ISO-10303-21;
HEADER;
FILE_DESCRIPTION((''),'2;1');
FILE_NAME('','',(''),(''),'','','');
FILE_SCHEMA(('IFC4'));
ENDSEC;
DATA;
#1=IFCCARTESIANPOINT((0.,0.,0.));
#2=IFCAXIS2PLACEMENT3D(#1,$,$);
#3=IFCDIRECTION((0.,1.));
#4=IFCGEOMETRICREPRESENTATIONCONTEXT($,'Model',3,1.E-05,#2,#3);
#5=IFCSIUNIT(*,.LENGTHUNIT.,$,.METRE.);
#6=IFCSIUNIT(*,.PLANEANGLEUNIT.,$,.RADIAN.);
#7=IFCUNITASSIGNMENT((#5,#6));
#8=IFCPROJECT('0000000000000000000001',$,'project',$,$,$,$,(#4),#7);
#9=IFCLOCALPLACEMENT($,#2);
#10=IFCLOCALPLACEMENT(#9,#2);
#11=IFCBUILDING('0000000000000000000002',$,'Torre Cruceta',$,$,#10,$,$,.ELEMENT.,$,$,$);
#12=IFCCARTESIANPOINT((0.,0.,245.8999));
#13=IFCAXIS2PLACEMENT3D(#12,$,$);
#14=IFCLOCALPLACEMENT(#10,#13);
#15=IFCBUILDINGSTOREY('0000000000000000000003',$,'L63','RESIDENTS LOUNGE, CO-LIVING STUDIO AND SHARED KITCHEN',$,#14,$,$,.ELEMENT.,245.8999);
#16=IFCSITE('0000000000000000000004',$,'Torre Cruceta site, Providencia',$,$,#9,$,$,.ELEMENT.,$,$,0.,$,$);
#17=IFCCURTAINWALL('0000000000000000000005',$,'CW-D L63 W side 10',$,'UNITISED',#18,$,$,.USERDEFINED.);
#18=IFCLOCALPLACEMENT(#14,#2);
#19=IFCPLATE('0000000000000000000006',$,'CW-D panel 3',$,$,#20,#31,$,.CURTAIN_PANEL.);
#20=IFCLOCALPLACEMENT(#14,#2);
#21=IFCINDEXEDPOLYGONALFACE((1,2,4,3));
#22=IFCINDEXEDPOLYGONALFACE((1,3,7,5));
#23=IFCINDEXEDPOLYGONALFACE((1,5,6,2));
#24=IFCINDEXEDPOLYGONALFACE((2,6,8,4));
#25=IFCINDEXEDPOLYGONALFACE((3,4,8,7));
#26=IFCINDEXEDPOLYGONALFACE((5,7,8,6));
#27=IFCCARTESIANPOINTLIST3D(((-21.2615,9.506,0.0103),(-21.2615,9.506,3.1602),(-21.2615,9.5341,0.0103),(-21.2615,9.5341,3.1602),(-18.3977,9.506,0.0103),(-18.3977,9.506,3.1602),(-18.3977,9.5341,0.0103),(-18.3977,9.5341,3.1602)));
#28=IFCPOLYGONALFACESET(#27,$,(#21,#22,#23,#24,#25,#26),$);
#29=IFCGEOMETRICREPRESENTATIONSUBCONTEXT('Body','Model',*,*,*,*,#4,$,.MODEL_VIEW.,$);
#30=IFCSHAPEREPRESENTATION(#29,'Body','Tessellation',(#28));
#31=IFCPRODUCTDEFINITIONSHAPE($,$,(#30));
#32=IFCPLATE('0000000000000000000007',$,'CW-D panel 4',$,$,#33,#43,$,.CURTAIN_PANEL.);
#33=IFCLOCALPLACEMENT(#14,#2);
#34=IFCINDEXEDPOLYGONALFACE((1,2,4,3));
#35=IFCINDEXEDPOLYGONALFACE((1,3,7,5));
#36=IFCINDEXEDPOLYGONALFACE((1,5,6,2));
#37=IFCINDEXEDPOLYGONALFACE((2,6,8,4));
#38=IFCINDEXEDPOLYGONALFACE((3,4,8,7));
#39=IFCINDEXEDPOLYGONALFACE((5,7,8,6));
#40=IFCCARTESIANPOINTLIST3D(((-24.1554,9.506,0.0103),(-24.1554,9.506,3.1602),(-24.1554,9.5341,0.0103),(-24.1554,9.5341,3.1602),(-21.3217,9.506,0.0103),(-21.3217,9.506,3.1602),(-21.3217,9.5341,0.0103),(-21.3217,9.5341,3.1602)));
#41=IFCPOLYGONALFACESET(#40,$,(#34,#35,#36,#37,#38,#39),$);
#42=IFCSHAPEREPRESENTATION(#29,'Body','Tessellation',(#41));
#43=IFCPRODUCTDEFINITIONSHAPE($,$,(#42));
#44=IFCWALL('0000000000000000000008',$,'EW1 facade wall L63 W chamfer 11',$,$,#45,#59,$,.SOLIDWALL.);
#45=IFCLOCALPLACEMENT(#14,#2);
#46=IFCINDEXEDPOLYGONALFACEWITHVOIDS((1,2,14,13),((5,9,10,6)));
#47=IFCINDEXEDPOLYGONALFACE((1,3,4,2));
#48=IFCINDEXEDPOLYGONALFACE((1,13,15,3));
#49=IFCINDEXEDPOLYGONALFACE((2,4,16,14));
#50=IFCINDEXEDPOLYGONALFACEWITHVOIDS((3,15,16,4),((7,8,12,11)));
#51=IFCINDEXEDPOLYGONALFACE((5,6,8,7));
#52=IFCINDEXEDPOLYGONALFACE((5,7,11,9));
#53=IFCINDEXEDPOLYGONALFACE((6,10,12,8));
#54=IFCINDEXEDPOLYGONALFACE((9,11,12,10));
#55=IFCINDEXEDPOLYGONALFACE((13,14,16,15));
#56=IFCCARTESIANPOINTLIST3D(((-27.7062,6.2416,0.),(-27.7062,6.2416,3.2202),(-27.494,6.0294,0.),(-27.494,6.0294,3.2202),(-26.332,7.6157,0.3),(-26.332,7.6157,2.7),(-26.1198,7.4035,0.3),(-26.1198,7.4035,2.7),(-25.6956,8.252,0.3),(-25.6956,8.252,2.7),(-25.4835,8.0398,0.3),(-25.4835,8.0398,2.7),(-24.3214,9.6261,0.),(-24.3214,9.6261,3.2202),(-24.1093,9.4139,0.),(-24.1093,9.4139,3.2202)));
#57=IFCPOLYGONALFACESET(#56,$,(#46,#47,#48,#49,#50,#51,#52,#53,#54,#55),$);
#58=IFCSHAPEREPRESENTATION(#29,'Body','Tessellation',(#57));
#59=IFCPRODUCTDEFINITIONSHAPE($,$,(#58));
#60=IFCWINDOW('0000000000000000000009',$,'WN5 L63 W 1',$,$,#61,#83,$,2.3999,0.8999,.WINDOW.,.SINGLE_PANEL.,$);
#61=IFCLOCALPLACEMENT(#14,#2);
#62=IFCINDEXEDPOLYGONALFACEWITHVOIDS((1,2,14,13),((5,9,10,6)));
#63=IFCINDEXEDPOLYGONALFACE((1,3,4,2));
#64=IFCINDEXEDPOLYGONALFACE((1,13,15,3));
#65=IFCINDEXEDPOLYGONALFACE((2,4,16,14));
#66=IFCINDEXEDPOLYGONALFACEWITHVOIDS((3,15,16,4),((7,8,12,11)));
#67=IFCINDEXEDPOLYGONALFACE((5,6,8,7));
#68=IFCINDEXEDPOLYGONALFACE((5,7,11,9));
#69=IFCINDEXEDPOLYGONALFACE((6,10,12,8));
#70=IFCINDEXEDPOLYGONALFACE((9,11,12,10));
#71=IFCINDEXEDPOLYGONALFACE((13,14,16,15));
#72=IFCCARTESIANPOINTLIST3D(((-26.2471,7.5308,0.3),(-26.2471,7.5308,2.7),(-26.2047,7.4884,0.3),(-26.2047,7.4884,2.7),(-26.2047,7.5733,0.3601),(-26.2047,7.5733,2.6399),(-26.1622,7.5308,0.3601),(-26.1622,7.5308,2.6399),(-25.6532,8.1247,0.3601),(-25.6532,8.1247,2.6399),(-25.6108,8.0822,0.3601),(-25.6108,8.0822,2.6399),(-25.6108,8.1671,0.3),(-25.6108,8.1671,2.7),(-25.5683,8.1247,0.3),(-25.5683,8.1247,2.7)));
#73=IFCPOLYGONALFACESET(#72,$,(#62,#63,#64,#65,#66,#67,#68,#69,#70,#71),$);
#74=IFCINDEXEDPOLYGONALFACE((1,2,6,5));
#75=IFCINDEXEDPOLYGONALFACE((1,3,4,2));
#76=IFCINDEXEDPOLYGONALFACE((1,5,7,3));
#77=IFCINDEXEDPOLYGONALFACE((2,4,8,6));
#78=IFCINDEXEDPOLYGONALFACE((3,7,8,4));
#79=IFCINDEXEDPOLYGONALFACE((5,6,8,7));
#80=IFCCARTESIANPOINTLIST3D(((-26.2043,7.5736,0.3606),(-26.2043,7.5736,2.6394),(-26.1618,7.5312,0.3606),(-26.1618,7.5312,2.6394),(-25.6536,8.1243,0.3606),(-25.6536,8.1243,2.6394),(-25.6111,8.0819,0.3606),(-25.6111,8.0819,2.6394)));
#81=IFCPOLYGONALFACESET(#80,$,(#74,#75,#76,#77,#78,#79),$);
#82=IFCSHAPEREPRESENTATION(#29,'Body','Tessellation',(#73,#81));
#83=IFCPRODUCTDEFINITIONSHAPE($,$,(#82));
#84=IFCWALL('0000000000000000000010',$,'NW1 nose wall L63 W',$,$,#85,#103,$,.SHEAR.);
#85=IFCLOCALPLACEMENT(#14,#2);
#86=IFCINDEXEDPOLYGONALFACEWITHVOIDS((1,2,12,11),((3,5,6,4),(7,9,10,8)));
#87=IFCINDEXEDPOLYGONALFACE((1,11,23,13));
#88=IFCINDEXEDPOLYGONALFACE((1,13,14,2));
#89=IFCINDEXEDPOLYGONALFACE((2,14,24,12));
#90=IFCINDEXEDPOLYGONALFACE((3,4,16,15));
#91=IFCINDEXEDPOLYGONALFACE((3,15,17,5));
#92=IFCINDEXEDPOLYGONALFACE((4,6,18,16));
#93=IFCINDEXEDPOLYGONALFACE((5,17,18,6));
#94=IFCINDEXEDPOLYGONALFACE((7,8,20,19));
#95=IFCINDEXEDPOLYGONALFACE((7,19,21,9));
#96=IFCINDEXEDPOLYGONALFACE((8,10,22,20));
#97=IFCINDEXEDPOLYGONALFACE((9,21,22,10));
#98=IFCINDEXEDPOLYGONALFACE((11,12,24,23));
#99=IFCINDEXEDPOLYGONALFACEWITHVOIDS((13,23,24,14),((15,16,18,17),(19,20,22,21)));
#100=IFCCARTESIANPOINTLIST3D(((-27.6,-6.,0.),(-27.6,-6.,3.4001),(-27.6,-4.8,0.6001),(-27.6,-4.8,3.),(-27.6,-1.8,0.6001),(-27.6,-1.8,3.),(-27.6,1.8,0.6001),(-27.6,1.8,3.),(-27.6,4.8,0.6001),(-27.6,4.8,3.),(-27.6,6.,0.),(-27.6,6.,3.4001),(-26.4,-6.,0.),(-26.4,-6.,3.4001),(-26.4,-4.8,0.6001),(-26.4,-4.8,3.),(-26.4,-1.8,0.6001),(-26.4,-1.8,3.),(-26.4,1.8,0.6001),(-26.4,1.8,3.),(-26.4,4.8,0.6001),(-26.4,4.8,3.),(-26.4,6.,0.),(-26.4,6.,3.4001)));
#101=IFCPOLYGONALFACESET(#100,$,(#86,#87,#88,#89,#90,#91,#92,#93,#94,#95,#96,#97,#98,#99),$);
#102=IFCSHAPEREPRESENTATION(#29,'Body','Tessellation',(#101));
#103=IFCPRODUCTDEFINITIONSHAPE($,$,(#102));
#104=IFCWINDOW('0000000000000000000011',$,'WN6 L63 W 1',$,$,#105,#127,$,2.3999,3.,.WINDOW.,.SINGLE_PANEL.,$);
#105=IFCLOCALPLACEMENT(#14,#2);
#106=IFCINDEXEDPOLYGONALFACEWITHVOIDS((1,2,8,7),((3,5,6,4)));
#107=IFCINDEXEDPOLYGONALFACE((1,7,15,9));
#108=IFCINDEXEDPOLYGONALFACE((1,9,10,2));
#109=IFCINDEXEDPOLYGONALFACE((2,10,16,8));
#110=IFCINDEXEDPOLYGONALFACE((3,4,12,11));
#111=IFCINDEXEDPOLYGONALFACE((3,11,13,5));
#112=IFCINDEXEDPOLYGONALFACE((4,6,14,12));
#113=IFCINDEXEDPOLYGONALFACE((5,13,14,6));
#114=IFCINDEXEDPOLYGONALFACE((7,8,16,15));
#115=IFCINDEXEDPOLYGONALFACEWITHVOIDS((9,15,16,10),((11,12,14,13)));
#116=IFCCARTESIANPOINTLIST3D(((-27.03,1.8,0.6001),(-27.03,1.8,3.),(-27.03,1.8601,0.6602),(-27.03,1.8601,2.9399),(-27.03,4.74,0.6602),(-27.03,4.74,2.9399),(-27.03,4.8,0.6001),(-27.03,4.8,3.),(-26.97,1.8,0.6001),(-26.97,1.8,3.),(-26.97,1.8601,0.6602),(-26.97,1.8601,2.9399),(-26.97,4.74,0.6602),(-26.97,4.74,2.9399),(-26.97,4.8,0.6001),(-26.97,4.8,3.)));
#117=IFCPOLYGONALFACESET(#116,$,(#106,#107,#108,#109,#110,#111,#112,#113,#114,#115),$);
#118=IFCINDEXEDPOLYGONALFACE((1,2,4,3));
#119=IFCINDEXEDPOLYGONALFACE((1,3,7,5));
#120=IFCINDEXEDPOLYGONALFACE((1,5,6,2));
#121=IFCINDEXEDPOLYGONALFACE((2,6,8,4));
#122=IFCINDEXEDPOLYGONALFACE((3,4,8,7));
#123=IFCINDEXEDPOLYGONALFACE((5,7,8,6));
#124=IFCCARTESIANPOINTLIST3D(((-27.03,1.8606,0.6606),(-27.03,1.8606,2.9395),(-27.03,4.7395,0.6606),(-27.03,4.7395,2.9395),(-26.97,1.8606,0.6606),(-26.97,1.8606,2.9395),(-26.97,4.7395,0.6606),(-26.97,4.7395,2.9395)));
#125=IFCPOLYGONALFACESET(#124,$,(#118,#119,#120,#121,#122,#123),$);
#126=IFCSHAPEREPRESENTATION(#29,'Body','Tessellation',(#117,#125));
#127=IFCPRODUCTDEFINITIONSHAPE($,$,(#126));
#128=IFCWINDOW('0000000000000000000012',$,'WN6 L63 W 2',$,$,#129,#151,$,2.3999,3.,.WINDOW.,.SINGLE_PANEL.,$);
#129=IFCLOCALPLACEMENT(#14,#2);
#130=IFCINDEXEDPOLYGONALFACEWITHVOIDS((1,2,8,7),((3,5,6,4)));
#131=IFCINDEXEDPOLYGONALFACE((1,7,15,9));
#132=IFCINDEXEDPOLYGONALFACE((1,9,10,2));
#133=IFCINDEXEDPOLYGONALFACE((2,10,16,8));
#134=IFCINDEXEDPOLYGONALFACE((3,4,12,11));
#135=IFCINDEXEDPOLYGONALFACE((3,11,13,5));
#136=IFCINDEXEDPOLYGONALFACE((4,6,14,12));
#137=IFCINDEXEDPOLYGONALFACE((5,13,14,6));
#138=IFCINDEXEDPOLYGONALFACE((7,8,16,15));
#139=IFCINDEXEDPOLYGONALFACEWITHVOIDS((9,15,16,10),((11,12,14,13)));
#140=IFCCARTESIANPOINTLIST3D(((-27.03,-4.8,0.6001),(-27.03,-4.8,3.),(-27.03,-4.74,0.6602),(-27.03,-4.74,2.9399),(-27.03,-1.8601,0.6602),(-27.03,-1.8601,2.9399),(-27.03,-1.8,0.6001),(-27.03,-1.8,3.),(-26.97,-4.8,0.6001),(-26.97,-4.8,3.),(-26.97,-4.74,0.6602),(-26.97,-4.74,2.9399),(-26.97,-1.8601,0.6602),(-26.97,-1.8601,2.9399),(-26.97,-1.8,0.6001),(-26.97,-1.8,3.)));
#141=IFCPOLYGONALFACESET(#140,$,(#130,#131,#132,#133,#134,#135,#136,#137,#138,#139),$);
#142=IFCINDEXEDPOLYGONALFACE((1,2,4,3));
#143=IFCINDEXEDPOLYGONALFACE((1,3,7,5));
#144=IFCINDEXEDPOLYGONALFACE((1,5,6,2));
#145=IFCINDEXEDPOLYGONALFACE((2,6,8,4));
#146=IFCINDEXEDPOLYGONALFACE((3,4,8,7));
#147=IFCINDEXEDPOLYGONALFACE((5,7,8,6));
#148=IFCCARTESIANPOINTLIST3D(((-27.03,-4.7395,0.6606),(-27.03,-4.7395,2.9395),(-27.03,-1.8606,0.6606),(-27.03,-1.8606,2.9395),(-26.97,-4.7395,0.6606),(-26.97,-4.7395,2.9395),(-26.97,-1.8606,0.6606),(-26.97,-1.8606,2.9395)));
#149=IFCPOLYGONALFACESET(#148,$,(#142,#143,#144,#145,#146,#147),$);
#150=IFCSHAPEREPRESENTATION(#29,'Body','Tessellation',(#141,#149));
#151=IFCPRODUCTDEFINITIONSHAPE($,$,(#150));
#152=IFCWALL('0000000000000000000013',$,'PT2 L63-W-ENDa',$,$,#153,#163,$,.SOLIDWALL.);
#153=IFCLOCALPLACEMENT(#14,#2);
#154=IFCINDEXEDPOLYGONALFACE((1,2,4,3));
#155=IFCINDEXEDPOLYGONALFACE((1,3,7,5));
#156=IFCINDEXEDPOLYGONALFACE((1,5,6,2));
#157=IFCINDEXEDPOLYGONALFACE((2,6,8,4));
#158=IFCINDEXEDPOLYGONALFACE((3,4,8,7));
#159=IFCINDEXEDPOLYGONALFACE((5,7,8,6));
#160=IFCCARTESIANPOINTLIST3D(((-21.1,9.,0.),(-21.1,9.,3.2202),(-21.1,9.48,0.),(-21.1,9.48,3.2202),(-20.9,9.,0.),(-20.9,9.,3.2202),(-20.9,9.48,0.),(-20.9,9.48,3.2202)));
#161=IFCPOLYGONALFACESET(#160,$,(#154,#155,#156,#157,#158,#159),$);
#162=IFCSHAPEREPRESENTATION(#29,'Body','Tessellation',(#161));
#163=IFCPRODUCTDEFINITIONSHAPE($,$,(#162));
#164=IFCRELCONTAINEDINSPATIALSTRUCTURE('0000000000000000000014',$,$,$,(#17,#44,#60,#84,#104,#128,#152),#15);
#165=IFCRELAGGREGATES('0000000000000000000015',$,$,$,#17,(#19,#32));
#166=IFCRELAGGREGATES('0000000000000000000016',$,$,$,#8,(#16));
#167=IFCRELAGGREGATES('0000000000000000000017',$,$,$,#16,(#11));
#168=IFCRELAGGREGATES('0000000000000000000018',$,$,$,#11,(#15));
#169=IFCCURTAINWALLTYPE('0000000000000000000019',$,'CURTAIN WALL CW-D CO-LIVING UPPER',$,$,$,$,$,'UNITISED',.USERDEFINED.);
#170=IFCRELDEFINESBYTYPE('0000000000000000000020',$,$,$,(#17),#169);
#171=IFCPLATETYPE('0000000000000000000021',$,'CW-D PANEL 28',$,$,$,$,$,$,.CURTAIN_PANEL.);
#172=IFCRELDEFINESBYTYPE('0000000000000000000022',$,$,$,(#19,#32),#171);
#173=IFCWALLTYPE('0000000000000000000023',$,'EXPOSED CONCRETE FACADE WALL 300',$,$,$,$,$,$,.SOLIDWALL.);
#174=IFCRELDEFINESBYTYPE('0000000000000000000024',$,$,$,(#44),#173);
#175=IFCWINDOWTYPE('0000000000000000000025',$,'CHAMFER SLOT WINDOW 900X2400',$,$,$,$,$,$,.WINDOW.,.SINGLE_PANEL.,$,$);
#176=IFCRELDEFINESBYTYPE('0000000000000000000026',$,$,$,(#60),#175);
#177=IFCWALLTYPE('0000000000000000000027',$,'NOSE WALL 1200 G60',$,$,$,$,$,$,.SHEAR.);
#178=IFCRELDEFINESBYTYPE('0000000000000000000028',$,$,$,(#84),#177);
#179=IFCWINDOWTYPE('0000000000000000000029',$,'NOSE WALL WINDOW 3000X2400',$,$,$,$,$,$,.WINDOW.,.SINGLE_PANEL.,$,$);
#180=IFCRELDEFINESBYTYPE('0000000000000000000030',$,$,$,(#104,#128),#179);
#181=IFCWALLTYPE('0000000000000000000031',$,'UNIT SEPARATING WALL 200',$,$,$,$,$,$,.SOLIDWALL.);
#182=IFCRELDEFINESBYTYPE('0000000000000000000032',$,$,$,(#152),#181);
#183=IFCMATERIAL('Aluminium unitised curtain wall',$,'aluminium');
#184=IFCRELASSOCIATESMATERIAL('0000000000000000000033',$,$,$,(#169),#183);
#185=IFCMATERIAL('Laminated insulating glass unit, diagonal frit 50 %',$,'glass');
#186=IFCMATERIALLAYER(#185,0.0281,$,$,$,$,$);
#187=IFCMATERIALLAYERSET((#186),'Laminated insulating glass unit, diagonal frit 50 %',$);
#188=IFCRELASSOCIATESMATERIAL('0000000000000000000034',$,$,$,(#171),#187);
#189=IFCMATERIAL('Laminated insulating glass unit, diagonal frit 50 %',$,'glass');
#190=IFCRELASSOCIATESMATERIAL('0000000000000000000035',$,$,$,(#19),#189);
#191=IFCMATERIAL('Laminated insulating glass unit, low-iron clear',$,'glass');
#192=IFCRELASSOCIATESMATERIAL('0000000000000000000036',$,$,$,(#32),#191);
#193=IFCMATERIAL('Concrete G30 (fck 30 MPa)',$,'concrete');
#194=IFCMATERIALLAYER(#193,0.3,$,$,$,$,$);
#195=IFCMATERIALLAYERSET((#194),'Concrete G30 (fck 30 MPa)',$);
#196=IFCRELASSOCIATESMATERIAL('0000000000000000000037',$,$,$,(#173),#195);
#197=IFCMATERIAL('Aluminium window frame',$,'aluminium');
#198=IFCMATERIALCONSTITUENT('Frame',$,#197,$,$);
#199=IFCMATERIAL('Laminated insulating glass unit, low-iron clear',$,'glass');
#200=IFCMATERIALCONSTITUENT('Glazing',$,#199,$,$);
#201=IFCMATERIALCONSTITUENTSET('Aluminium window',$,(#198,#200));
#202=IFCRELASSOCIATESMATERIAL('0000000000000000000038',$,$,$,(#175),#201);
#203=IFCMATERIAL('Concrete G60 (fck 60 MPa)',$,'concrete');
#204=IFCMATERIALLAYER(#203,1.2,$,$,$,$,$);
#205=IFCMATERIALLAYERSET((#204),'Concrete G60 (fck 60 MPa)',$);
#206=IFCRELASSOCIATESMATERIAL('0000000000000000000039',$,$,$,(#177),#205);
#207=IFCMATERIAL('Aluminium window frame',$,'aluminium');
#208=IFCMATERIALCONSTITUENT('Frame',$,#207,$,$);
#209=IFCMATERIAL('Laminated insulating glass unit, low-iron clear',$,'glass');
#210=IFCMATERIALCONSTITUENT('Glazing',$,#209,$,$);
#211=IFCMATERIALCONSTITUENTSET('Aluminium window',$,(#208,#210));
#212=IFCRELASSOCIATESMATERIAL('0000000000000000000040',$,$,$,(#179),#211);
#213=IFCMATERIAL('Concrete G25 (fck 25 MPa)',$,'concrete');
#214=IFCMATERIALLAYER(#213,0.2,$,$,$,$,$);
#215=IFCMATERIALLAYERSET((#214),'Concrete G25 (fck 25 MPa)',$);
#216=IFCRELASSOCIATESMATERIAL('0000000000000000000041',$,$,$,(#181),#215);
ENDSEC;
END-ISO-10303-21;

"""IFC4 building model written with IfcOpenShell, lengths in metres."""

from ifc_helpers import new_model, si_unit, direction, frame, frame_2d, origin, origin_2d, place, context, subcontext, project, spatial, rectangle, hollow_rectangle, extrude, material, layer, layer_set, constituent, constituent_set, type_object, element, fill, aggregate, save


model = new_model("IFC4")

# Units and contexts
model_context = context("Model", 3, precision=1e-05, world=origin(), true_north=direction((0.0, 1.0)))
body_context = subcontext(model_context, "Body", "Model", "MODEL_VIEW")
ifc_project = project(units=[si_unit("LENGTHUNIT", "METRE"), si_unit("PLANEANGLEUNIT", "RADIAN")], contexts=[model_context])

# Site, building, storey
site_placement = place(None, origin())
site = spatial("IfcSite", under=ifc_project, at=site_placement, Name="Torre Cruceta site, Providencia", CompositionType="ELEMENT", RefElevation=0.0)
building_placement = place(site_placement, origin())
building = spatial("IfcBuilding", under=site, at=building_placement, Name="Torre Cruceta", CompositionType="ELEMENT")
storey_placement = place(building_placement, frame((0.0, 0.0, 245.8999)))
storey = spatial("IfcBuildingStorey", under=building, at=storey_placement, Name="L63", Description="RESIDENTS LOUNGE, CO-LIVING STUDIO AND SHARED KITCHEN", CompositionType="ELEMENT", Elevation=245.8999)

# Curtain wall
ifc_material_1 = material(Name="Aluminium unitised curtain wall", Category="aluminium")
curtain_wall_type = type_object("IfcCurtainWallType", Name="CURTAIN WALL CW-D CO-LIVING UPPER", ElementType="UNITISED", PredefinedType="USERDEFINED", material=ifc_material_1)
curtain_wall_placement = place(storey_placement, origin())
curtain_wall = element("IfcCurtainWall", 1, at=curtain_wall_placement, inside=storey, type_object=curtain_wall_type, Name="CW-D L63 W side 10", ObjectType="UNITISED", PredefinedType="USERDEFINED")

# Plates
ifc_material_2 = material(Name="Laminated insulating glass unit, diagonal frit 50 %", Category="glass")
ifc_material_3 = material(Name="Laminated insulating glass unit, diagonal frit 50 %", Category="glass")
ifc_layer_1 = layer(ifc_material_3, 0.0281)
ifc_layer_set_1 = layer_set([ifc_layer_1], Name="Laminated insulating glass unit, diagonal frit 50 %")
plate_type = type_object("IfcPlateType", Name="CW-D PANEL 28", PredefinedType="CURTAIN_PANEL", material=ifc_layer_set_1)
plate_1_placement = place(storey_placement, frame((-19.8296, 9.52, 0.0103), z_axis=(0.0, 0.0, 1.0), x_axis=(-1.0, 0.0, 0.0)))
plate_1 = element("IfcPlate", 2, at=plate_1_placement, type_object=plate_type, material=ifc_material_2, Name="CW-D panel 3", PredefinedType="CURTAIN_PANEL", context=body_context, shape_type="SweptSolid", body=[
    extrude(rectangle(XDim=2.8638, YDim=0.0281, at=origin_2d()), origin(), (0.0, 0.0, 1.0), 3.1499),
])
ifc_material_4 = material(Name="Laminated insulating glass unit, low-iron clear", Category="glass")
plate_2_placement = place(storey_placement, frame((-22.7385, 9.52, 0.0103), z_axis=(0.0, 0.0, 1.0), x_axis=(-1.0, 0.0, 0.0)))
plate_2 = element("IfcPlate", 3, at=plate_2_placement, type_object=plate_type, material=ifc_material_4, Name="CW-D panel 4", PredefinedType="CURTAIN_PANEL", context=body_context, shape_type="SweptSolid", body=[
    extrude(rectangle(XDim=2.8337, YDim=0.0281, at=origin_2d()), origin(), (0.0, 0.0, 1.0), 3.1499),
])
aggregate(curtain_wall, [plate_1, plate_2])

# Wall, opening, window
ifc_material_5 = material(Name="Concrete G30 (fck 30 MPa)", Category="concrete")
ifc_layer_2 = layer(ifc_material_5, 0.3)
ifc_layer_set_2 = layer_set([ifc_layer_2], Name="Concrete G30 (fck 30 MPa)")
wall_type_1 = type_object("IfcWallType", Name="EXPOSED CONCRETE FACADE WALL 300", PredefinedType="SOLIDWALL", material=ifc_layer_set_2)
wall_1_placement = place(storey_placement, frame((-24.2153, 9.52, 0.0), z_axis=(0.0, 0.0, 1.0), x_axis=(-0.707132, -0.707081, 0.0)))
wall_1 = element("IfcWall", 4, at=wall_1_placement, inside=storey, type_object=wall_type_1, Name="EW1 facade wall L63 W chamfer 11", PredefinedType="SOLIDWALL", context=body_context, shape_type="SweptSolid", body=[
    extrude(rectangle(XDim=4.7866, YDim=0.3, at=frame_2d((2.3933, 0.0))), origin(), (0.0, 0.0, 1.0), 3.2202),
])
opening_1_placement = place(wall_1_placement, frame((1.9434, 0.0, 0.3)))
opening_1 = element("IfcOpeningElement", 5, at=opening_1_placement, cuts=wall_1, PredefinedType="OPENING", context=body_context, shape_type="SweptSolid", body=[
    extrude(rectangle(XDim=0.8999, YDim=2.3999, at=frame_2d((0.45, 1.2))), frame((0.0, 0.1599, 0.0), z_axis=(0.0, -1.0, 0.0), x_axis=(1.0, 0.0, 0.0)), (0.0, 0.0, 1.0), 0.3201),
])
ifc_material_6 = material(Name="Aluminium window frame", Category="aluminium")
ifc_constituent_1 = constituent(ifc_material_6, Name="Frame")
ifc_material_7 = material(Name="Laminated insulating glass unit, low-iron clear", Category="glass")
ifc_constituent_2 = constituent(ifc_material_7, Name="Glazing")
ifc_constituent_set_1 = constituent_set(constituents=[ifc_constituent_1, ifc_constituent_2], Name="Aluminium window")
window_type_1 = type_object("IfcWindowType", Name="CHAMFER SLOT WINDOW 900X2400", PartitioningType="SINGLE_PANEL", PredefinedType="WINDOW", material=ifc_constituent_set_1)
window_1_placement = place(opening_1_placement, origin())
window_1 = element("IfcWindow", 6, at=window_1_placement, inside=storey, type_object=window_type_1, Name="WN5 L63 W 1", OverallHeight=2.3999, OverallWidth=0.8999, PartitioningType="SINGLE_PANEL", PredefinedType="WINDOW", context=body_context, shape_type="SweptSolid", body=[
    extrude(hollow_rectangle(XDim=0.8999, YDim=2.3999, WallThickness=0.0601, at=frame_2d((0.45, 1.2))), frame((0.0, 0.03, 0.0), z_axis=(0.0, -1.0, 0.0), x_axis=(1.0, 0.0, 0.0)), (0.0, 0.0, 1.0), 0.0601),
    extrude(rectangle(XDim=0.7788, YDim=2.2788, at=frame_2d((0.45, 1.2))), frame((0.0, 0.03, 0.0), z_axis=(0.0, -1.0, 0.0), x_axis=(1.0, 0.0, 0.0)), (0.0, 0.0, 1.0), 0.0601),
])
fill(opening_1, window_1)

# Wall, openings, windows
ifc_material_8 = material(Name="Concrete G60 (fck 60 MPa)", Category="concrete")
ifc_layer_3 = layer(ifc_material_8, 1.2)
ifc_layer_set_3 = layer_set([ifc_layer_3], Name="Concrete G60 (fck 60 MPa)")
wall_type_2 = type_object("IfcWallType", Name="NOSE WALL 1200 G60", PredefinedType="SHEAR", material=ifc_layer_set_3)
wall_2_placement = place(storey_placement, frame((-27.0, 6.0, 0.0), z_axis=(0.0, 0.0, 1.0), x_axis=(0.0, -1.0, 0.0)))
wall_2 = element("IfcWall", 7, at=wall_2_placement, inside=storey, type_object=wall_type_2, Name="NW1 nose wall L63 W", PredefinedType="SHEAR", context=body_context, shape_type="SweptSolid", body=[
    extrude(rectangle(XDim=12.0, YDim=1.2, at=frame_2d((6.0, 0.0))), origin(), (0.0, 0.0, 1.0), 3.4001),
])
opening_2_placement = place(wall_2_placement, frame((1.2, 0.0, 0.6001)))
opening_2 = element("IfcOpeningElement", 8, at=opening_2_placement, cuts=wall_2, PredefinedType="OPENING", context=body_context, shape_type="SweptSolid", body=[
    extrude(rectangle(XDim=3.0, YDim=2.3999, at=frame_2d((1.5, 1.2))), frame((0.0, 0.6099, 0.0), z_axis=(0.0, -1.0, 0.0), x_axis=(1.0, 0.0, 0.0)), (0.0, 0.0, 1.0), 1.22),
])
opening_3_placement = place(wall_2_placement, frame((7.8, 0.0, 0.6001)))
opening_3 = element("IfcOpeningElement", 9, at=opening_3_placement, cuts=wall_2, PredefinedType="OPENING", context=body_context, shape_type="SweptSolid", body=[
    extrude(rectangle(XDim=3.0, YDim=2.3999, at=frame_2d((1.5, 1.2))), frame((0.0, 0.6099, 0.0), z_axis=(0.0, -1.0, 0.0), x_axis=(1.0, 0.0, 0.0)), (0.0, 0.0, 1.0), 1.22),
])
ifc_material_9 = material(Name="Aluminium window frame", Category="aluminium")
ifc_constituent_3 = constituent(ifc_material_9, Name="Frame")
ifc_material_10 = material(Name="Laminated insulating glass unit, low-iron clear", Category="glass")
ifc_constituent_4 = constituent(ifc_material_10, Name="Glazing")
ifc_constituent_set_2 = constituent_set(constituents=[ifc_constituent_3, ifc_constituent_4], Name="Aluminium window")
window_type_2 = type_object("IfcWindowType", Name="NOSE WALL WINDOW 3000X2400", PartitioningType="SINGLE_PANEL", PredefinedType="WINDOW", material=ifc_constituent_set_2)
window_2_placement = place(opening_2_placement, origin())
window_2 = element("IfcWindow", 10, at=window_2_placement, inside=storey, type_object=window_type_2, Name="WN6 L63 W 1", OverallHeight=2.3999, OverallWidth=3.0, PartitioningType="SINGLE_PANEL", PredefinedType="WINDOW", context=body_context, shape_type="SweptSolid", body=[
    extrude(hollow_rectangle(XDim=3.0, YDim=2.3999, WallThickness=0.0601, at=frame_2d((1.5, 1.2))), frame((0.0, 0.03, 0.0), z_axis=(0.0, -1.0, 0.0), x_axis=(1.0, 0.0, 0.0)), (0.0, 0.0, 1.0), 0.0601),
    extrude(rectangle(XDim=2.8789, YDim=2.2788, at=frame_2d((1.5, 1.2))), frame((0.0, 0.03, 0.0), z_axis=(0.0, -1.0, 0.0), x_axis=(1.0, 0.0, 0.0)), (0.0, 0.0, 1.0), 0.0601),
])
fill(opening_2, window_2)
window_3_placement = place(opening_3_placement, origin())
window_3 = element("IfcWindow", 11, at=window_3_placement, inside=storey, type_object=window_type_2, Name="WN6 L63 W 2", OverallHeight=2.3999, OverallWidth=3.0, PartitioningType="SINGLE_PANEL", PredefinedType="WINDOW", context=body_context, shape_type="SweptSolid", body=[
    extrude(hollow_rectangle(XDim=3.0, YDim=2.3999, WallThickness=0.0601, at=frame_2d((1.5, 1.2))), frame((0.0, 0.03, 0.0), z_axis=(0.0, -1.0, 0.0), x_axis=(1.0, 0.0, 0.0)), (0.0, 0.0, 1.0), 0.0601),
    extrude(rectangle(XDim=2.8789, YDim=2.2788, at=frame_2d((1.5, 1.2))), frame((0.0, 0.03, 0.0), z_axis=(0.0, -1.0, 0.0), x_axis=(1.0, 0.0, 0.0)), (0.0, 0.0, 1.0), 0.0601),
])
fill(opening_3, window_3)

# Wall
ifc_material_11 = material(Name="Concrete G25 (fck 25 MPa)", Category="concrete")
ifc_layer_4 = layer(ifc_material_11, 0.2)
ifc_layer_set_4 = layer_set([ifc_layer_4], Name="Concrete G25 (fck 25 MPa)")
wall_type_3 = type_object("IfcWallType", Name="UNIT SEPARATING WALL 200", PredefinedType="SOLIDWALL", material=ifc_layer_set_4)
wall_3_placement = place(storey_placement, frame((-21.0, 9.48, 0.0), z_axis=(0.0, 0.0, 1.0), x_axis=(0.0, -1.0, 0.0)))
element("IfcWall", 12, at=wall_3_placement, inside=storey, type_object=wall_type_3, Name="PT2 L63-W-ENDa", PredefinedType="SOLIDWALL", context=body_context, shape_type="SweptSolid", body=[
    extrude(rectangle(XDim=0.48, YDim=0.2, at=frame_2d((0.24, 0.0))), origin(), (0.0, 0.0, 1.0), 3.2202),
])

save(model, "model.ifc")
